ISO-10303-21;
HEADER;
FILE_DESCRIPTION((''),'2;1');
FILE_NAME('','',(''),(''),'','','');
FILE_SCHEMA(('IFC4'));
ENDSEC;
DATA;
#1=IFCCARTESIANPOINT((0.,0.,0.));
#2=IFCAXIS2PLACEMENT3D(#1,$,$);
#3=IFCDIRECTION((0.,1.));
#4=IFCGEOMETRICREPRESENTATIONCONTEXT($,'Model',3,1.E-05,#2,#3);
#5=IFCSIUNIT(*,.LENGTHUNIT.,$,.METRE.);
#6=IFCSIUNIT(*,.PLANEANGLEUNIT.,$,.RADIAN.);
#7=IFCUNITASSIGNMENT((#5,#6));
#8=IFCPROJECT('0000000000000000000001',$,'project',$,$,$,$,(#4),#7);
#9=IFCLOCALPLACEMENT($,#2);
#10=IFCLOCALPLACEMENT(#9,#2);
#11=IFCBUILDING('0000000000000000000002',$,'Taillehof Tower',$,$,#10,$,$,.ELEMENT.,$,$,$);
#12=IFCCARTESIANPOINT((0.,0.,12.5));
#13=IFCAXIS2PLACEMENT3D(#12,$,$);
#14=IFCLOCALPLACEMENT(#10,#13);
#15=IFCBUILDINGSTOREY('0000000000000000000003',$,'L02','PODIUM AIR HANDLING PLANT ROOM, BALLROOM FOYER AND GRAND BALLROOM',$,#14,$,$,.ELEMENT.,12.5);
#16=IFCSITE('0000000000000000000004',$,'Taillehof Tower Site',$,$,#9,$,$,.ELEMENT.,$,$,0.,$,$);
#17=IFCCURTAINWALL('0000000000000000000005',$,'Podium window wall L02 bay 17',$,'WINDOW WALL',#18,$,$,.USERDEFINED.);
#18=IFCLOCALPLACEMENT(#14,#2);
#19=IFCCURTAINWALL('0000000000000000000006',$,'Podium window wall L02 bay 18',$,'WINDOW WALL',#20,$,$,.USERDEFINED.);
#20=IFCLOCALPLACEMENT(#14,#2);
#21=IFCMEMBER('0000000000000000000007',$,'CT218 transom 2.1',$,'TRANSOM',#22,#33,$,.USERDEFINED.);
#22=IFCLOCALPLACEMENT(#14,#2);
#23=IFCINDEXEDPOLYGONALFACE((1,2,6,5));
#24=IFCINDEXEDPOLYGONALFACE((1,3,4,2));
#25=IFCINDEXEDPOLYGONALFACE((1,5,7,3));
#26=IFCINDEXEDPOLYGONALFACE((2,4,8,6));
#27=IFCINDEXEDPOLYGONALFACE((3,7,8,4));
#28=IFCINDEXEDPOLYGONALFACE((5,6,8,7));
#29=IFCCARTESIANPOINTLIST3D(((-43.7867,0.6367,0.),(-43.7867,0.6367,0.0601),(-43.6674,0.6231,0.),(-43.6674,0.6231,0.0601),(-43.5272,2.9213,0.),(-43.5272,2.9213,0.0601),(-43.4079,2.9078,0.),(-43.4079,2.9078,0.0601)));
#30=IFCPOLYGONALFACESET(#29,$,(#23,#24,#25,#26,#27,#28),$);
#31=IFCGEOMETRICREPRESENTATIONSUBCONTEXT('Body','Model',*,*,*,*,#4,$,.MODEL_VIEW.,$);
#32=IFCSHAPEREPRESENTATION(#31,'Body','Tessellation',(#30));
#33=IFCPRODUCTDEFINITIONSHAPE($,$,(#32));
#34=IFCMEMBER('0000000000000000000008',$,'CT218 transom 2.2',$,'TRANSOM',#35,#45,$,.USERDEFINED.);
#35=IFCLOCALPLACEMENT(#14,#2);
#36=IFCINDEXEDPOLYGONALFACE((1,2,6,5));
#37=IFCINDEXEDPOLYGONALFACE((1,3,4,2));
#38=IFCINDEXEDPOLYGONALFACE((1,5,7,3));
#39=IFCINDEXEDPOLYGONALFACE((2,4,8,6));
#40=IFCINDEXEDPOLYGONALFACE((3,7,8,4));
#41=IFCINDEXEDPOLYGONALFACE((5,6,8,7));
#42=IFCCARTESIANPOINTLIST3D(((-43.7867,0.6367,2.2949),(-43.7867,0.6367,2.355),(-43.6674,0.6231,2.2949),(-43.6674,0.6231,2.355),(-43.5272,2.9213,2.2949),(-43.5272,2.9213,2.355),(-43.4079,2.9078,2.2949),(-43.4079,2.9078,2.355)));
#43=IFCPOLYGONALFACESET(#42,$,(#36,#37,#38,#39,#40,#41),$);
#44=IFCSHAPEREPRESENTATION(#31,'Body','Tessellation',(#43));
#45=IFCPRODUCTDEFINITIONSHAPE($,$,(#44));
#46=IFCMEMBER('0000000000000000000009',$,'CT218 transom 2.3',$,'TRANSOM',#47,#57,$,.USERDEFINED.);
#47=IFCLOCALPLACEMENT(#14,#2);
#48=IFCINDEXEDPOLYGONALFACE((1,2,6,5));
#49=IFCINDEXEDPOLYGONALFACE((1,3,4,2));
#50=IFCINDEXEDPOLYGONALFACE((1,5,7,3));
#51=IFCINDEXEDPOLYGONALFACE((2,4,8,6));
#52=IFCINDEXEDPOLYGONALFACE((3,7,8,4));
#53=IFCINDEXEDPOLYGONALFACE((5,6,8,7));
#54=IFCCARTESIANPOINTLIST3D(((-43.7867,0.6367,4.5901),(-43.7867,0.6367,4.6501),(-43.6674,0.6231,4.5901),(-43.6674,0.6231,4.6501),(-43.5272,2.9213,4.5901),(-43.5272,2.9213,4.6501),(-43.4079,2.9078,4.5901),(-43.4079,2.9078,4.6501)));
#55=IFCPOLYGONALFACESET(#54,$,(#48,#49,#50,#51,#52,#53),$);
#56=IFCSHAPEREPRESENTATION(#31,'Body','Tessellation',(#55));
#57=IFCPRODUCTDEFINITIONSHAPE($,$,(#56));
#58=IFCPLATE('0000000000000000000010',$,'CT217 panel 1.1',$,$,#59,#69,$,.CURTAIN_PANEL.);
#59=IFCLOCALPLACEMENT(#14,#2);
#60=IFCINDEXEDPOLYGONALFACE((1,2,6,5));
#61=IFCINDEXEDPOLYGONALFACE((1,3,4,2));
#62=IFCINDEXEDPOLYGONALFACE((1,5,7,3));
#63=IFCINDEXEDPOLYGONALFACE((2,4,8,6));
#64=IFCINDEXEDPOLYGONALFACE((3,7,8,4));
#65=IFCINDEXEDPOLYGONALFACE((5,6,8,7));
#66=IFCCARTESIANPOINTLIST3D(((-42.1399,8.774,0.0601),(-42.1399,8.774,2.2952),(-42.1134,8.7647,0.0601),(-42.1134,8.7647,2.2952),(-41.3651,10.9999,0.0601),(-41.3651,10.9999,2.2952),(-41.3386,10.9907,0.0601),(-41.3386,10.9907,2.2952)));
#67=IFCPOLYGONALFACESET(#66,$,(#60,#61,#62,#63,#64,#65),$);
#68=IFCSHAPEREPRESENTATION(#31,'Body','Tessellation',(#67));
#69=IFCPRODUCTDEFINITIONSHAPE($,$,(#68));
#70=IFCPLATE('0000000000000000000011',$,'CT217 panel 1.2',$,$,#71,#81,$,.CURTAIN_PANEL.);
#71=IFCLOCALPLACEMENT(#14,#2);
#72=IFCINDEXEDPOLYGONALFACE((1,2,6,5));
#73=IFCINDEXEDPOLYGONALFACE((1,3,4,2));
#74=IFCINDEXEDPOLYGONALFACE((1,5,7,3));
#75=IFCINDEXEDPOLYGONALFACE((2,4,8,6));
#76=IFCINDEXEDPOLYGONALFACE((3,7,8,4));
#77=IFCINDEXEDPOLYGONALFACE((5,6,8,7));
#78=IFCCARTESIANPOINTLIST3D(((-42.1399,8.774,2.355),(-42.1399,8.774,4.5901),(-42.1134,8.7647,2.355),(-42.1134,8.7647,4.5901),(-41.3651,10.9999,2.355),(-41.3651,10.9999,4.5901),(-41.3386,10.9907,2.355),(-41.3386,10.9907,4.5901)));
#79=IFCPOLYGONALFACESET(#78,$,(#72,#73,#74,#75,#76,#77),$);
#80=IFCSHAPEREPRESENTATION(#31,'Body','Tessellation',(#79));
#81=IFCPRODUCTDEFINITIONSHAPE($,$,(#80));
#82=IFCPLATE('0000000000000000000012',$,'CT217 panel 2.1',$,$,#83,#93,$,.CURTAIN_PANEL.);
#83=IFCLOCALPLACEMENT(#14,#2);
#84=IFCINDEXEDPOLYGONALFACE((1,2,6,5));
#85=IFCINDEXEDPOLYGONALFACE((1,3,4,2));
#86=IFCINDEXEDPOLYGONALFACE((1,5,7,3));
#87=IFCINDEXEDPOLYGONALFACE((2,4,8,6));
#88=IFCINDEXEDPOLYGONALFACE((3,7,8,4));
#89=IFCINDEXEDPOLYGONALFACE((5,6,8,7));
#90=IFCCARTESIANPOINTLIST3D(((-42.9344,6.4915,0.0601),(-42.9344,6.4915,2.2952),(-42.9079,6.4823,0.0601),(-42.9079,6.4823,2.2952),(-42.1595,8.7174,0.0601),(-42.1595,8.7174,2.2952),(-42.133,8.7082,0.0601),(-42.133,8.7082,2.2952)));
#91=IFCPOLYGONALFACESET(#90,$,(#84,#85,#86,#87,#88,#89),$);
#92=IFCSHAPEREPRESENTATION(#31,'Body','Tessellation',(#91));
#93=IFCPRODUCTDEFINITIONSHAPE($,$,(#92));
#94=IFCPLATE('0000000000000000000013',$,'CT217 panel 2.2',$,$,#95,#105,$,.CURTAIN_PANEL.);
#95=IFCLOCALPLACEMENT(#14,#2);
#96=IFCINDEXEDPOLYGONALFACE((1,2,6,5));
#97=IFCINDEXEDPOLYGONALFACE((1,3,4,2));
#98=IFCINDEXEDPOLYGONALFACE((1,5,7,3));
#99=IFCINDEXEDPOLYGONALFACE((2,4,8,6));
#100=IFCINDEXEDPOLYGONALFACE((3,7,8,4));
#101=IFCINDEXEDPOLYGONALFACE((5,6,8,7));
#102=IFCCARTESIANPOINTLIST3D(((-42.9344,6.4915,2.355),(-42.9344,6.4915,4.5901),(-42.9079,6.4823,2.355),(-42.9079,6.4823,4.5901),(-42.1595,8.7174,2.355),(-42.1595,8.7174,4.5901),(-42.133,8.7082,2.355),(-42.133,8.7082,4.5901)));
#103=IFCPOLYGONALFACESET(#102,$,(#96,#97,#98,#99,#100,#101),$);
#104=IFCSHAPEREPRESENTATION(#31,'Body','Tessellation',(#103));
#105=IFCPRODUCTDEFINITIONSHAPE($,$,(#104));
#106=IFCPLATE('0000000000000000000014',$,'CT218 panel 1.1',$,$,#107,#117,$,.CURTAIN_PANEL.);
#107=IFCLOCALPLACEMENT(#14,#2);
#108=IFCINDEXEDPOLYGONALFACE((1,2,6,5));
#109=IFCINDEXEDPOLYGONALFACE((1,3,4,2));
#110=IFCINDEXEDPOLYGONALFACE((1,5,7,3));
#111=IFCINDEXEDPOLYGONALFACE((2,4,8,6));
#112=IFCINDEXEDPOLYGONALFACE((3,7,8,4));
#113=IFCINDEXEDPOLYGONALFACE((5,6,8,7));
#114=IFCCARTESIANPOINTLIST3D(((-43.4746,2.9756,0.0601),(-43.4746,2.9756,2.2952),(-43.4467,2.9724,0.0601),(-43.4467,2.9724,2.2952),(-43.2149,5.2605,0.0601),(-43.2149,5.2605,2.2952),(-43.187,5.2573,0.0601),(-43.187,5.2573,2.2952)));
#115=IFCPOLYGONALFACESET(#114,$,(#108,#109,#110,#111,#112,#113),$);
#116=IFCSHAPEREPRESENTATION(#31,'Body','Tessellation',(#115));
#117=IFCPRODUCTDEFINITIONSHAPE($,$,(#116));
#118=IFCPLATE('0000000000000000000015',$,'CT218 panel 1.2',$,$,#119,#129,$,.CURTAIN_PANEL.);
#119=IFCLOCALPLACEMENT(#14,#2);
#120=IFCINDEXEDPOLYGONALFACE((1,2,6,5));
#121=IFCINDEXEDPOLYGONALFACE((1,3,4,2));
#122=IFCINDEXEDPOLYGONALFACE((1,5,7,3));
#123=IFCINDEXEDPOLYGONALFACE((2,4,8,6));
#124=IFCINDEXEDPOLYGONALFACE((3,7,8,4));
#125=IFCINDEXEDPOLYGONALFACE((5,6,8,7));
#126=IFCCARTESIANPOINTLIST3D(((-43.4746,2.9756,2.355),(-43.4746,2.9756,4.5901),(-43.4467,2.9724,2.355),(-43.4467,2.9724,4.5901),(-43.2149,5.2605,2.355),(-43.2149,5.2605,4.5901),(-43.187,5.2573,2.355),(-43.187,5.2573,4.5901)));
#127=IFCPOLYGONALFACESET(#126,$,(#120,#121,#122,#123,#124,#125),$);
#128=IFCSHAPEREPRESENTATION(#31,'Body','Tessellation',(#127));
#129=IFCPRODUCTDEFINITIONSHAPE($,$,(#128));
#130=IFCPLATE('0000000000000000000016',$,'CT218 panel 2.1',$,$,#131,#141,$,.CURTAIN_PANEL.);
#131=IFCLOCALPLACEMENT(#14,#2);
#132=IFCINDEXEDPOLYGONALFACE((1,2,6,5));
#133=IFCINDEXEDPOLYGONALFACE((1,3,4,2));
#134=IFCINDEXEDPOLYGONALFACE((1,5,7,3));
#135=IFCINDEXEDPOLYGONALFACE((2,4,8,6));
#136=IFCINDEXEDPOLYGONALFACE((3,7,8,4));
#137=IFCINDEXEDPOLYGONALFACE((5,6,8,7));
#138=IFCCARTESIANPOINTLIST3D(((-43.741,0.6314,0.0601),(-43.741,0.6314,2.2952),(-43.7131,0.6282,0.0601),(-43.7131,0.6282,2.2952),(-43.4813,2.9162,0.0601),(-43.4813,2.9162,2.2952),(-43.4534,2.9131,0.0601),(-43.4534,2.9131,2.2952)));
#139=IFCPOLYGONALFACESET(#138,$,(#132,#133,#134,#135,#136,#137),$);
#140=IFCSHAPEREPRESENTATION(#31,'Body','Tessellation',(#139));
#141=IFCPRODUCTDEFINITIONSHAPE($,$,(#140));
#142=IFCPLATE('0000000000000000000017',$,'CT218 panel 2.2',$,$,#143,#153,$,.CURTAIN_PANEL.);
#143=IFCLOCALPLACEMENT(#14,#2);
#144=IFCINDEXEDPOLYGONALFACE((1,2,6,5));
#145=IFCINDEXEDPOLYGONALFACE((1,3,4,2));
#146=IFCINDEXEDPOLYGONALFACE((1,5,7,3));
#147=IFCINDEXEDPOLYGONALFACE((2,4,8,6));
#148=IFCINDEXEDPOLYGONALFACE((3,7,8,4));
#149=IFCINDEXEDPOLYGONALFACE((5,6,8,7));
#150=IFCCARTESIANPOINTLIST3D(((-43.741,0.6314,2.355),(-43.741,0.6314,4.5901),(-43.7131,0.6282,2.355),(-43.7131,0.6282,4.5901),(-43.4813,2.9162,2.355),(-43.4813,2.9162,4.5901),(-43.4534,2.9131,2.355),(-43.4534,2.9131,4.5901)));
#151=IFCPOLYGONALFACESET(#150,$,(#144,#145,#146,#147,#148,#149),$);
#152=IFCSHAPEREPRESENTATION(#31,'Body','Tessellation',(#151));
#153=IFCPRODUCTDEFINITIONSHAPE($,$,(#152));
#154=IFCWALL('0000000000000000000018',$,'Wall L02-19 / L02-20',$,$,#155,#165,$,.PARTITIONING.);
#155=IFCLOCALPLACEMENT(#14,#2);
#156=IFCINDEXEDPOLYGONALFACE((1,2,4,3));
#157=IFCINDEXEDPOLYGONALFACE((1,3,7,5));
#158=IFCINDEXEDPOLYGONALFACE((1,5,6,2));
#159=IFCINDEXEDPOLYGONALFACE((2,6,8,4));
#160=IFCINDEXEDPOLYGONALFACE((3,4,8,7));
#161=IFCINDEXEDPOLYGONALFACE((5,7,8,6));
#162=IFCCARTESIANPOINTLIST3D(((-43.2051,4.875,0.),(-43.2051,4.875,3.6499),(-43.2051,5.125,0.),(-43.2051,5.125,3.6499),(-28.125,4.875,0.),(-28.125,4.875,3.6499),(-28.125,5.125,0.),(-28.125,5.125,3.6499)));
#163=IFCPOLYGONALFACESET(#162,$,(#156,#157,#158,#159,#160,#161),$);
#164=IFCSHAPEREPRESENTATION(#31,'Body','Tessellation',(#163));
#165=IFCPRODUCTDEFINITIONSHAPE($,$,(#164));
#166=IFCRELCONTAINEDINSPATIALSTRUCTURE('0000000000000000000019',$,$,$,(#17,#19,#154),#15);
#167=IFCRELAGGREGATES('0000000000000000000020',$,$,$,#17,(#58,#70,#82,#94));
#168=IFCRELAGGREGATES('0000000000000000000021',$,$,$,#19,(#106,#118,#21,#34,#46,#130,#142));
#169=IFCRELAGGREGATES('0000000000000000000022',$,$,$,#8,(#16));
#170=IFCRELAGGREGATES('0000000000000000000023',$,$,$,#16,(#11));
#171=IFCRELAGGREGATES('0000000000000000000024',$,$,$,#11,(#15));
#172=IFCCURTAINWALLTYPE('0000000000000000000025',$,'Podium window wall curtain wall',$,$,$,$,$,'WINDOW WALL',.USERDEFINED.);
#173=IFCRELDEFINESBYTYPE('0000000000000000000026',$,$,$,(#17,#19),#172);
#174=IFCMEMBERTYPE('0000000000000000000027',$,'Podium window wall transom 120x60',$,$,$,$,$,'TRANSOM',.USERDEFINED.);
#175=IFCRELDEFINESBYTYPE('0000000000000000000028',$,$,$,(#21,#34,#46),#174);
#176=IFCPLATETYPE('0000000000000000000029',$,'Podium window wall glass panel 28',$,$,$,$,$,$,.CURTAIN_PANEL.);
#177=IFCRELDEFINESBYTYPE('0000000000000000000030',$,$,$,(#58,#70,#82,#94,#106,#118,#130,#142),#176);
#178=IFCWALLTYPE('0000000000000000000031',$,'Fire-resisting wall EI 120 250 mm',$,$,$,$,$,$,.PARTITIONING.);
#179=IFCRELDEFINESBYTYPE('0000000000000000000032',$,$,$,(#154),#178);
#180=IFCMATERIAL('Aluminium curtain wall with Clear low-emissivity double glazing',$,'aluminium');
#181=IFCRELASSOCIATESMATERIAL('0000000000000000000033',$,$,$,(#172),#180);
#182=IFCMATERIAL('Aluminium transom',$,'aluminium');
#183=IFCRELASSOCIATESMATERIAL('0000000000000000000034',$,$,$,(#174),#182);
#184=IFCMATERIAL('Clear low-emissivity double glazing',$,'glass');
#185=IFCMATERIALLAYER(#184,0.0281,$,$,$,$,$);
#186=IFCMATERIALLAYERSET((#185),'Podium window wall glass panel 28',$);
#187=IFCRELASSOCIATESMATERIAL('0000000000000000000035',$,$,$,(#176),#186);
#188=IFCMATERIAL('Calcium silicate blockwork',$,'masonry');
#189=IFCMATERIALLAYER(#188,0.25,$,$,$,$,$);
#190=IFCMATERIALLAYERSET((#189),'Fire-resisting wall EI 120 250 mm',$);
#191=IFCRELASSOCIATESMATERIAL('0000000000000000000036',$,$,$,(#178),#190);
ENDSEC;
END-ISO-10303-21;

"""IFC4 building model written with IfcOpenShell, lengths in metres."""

from ifc_helpers import new_model, si_unit, direction, frame, frame_2d, origin, origin_2d, place, context, subcontext, project, spatial, rectangle, extrude, material, layer, layer_set, material_profile, profile_set, type_object, element, aggregate, save


model = new_model("IFC4")

# Units and contexts
model_context = context("Model", 3, precision=1e-05, world=origin(), true_north=direction((0.0, 1.0)))
body_context = subcontext(model_context, "Body", "Model", "MODEL_VIEW")
ifc_project = project(units=[si_unit("LENGTHUNIT", "METRE"), si_unit("PLANEANGLEUNIT", "RADIAN")], contexts=[model_context])

# Site, building, storey
site_placement = place(None, origin())
site = spatial("IfcSite", under=ifc_project, at=site_placement, Name="Taillehof Tower Site", CompositionType="ELEMENT", RefElevation=0.0)
building_placement = place(site_placement, origin())
building = spatial("IfcBuilding", under=site, at=building_placement, Name="Taillehof Tower", CompositionType="ELEMENT")
storey_placement = place(building_placement, frame((0.0, 0.0, 12.5)))
storey = spatial("IfcBuildingStorey", under=building, at=storey_placement, Name="L02", Description="PODIUM AIR HANDLING PLANT ROOM, BALLROOM FOYER AND GRAND BALLROOM", CompositionType="ELEMENT", Elevation=12.5)

# Curtain walls
ifc_material_1 = material(Name="Aluminium curtain wall with Clear low-emissivity double glazing", Category="aluminium")
curtain_wall_type = type_object("IfcCurtainWallType", Name="Podium window wall curtain wall", ElementType="WINDOW WALL", PredefinedType="USERDEFINED", material=ifc_material_1)
curtain_wall_1_placement = place(storey_placement, origin())
curtain_wall_1 = element("IfcCurtainWall", 1, at=curtain_wall_1_placement, inside=storey, type_object=curtain_wall_type, Name="Podium window wall L02 bay 17", ObjectType="WINDOW WALL", PredefinedType="USERDEFINED")
curtain_wall_2_placement = place(storey_placement, origin())
curtain_wall_2 = element("IfcCurtainWall", 2, at=curtain_wall_2_placement, inside=storey, type_object=curtain_wall_type, Name="Podium window wall L02 bay 18", ObjectType="WINDOW WALL", PredefinedType="USERDEFINED")

# Members
ifc_material_2 = material(Name="Aluminium transom", Category="aluminium")
ifc_material_profile_1 = material_profile(ifc_material_2, rectangle(XDim=0.1201, YDim=0.0601, at=origin_2d()), Name="AL 120x60")
ifc_profile_set_1 = profile_set([ifc_material_profile_1], Name="Aluminium transom")
member_type_1 = type_object("IfcMemberType", Name="Podium window wall transom 120x60", ElementType="TRANSOM", PredefinedType="USERDEFINED", material=ifc_profile_set_1)
member_1_placement = place(storey_placement, frame((-43.4675, 2.9146, 0.03), z_axis=(-0.112867, -0.99361, 0.0), x_axis=(0.99361, -0.112867, 0.0)))
member_1 = element("IfcMember", 3, at=member_1_placement, type_object=member_type_1, Name="CT218 transom 2.1", ObjectType="TRANSOM", PredefinedType="USERDEFINED", context=body_context, shape_type="SweptSolid", body=[
    extrude(rectangle(XDim=0.1201, YDim=0.0601, at=origin_2d()), origin(), (0.0, 0.0, 1.0), 2.2993),
])
member_2_placement = place(storey_placement, frame((-43.4675, 2.9146, 2.325), z_axis=(-0.112867, -0.99361, 0.0), x_axis=(0.99361, -0.112867, 0.0)))
member_2 = element("IfcMember", 4, at=member_2_placement, type_object=member_type_1, Name="CT218 transom 2.2", ObjectType="TRANSOM", PredefinedType="USERDEFINED", context=body_context, shape_type="SweptSolid", body=[
    extrude(rectangle(XDim=0.1201, YDim=0.0601, at=origin_2d()), origin(), (0.0, 0.0, 1.0), 2.2993),
])
member_3_placement = place(storey_placement, frame((-43.4675, 2.9146, 4.6201), z_axis=(-0.112867, -0.99361, 0.0), x_axis=(0.99361, -0.112867, 0.0)))
member_3 = element("IfcMember", 5, at=member_3_placement, type_object=member_type_1, Name="CT218 transom 2.3", ObjectType="TRANSOM", PredefinedType="USERDEFINED", context=body_context, shape_type="SweptSolid", body=[
    extrude(rectangle(XDim=0.1201, YDim=0.0601, at=origin_2d()), origin(), (0.0, 0.0, 1.0), 2.2993),
])

# Plates
ifc_material_3 = material(Name="Clear low-emissivity double glazing", Category="glass")
ifc_layer_1 = layer(ifc_material_3, 0.0281)
ifc_layer_set_1 = layer_set([ifc_layer_1], Name="Podium window wall glass panel 28")
plate_type = type_object("IfcPlateType", Name="Podium window wall glass panel 28", PredefinedType="CURTAIN_PANEL", material=ifc_layer_set_1)
plate_1_placement = place(storey_placement, frame((-41.7393, 9.8823, 0.0601), z_axis=(0.0, 0.0, 1.0), x_axis=(-0.328758, -0.944414, 0.0)))
plate_1 = element("IfcPlate", 6, at=plate_1_placement, type_object=plate_type, Name="CT217 panel 1.1", PredefinedType="CURTAIN_PANEL", context=body_context, shape_type="SweptSolid", body=[
    extrude(rectangle(XDim=2.3569, YDim=0.0281, at=origin_2d()), origin(), (0.0, 0.0, 1.0), 2.2351),
])
plate_2_placement = place(storey_placement, frame((-41.7393, 9.8823, 2.355), z_axis=(0.0, 0.0, 1.0), x_axis=(-0.328758, -0.944414, 0.0)))
plate_2 = element("IfcPlate", 7, at=plate_2_placement, type_object=plate_type, Name="CT217 panel 1.2", PredefinedType="CURTAIN_PANEL", context=body_context, shape_type="SweptSolid", body=[
    extrude(rectangle(XDim=2.3569, YDim=0.0281, at=origin_2d()), origin(), (0.0, 0.0, 1.0), 2.2351),
])
plate_3_placement = place(storey_placement, frame((-42.5337, 7.5999, 0.0601), z_axis=(0.0, 0.0, 1.0), x_axis=(-0.328758, -0.944414, 0.0)))
plate_3 = element("IfcPlate", 8, at=plate_3_placement, type_object=plate_type, Name="CT217 panel 2.1", PredefinedType="CURTAIN_PANEL", context=body_context, shape_type="SweptSolid", body=[
    extrude(rectangle(XDim=2.3569, YDim=0.0281, at=origin_2d()), origin(), (0.0, 0.0, 1.0), 2.2351),
])
plate_4_placement = place(storey_placement, frame((-42.5337, 7.5999, 2.355), z_axis=(0.0, 0.0, 1.0), x_axis=(-0.328758, -0.944414, 0.0)))
plate_4 = element("IfcPlate", 9, at=plate_4_placement, type_object=plate_type, Name="CT217 panel 2.2", PredefinedType="CURTAIN_PANEL", context=body_context, shape_type="SweptSolid", body=[
    extrude(rectangle(XDim=2.3569, YDim=0.0281, at=origin_2d()), origin(), (0.0, 0.0, 1.0), 2.2351),
])
aggregate(curtain_wall_1, [plate_1, plate_2, plate_3, plate_4])
plate_5_placement = place(storey_placement, frame((-43.3308, 4.1165, 0.0601), z_axis=(0.0, 0.0, 1.0), x_axis=(-0.112932, -0.993603, 0.0)))
plate_5 = element("IfcPlate", 10, at=plate_5_placement, type_object=plate_type, Name="CT218 panel 1.1", PredefinedType="CURTAIN_PANEL", context=body_context, shape_type="SweptSolid", body=[
    extrude(rectangle(XDim=2.2996, YDim=0.0281, at=origin_2d()), origin(), (0.0, 0.0, 1.0), 2.2351),
])
plate_6_placement = place(storey_placement, frame((-43.3308, 4.1165, 2.355), z_axis=(0.0, 0.0, 1.0), x_axis=(-0.112932, -0.993603, 0.0)))
plate_6 = element("IfcPlate", 11, at=plate_6_placement, type_object=plate_type, Name="CT218 panel 1.2", PredefinedType="CURTAIN_PANEL", context=body_context, shape_type="SweptSolid", body=[
    extrude(rectangle(XDim=2.2996, YDim=0.0281, at=origin_2d()), origin(), (0.0, 0.0, 1.0), 2.2351),
])
plate_7_placement = place(storey_placement, frame((-43.5972, 1.7722, 0.0601), z_axis=(0.0, 0.0, 1.0), x_axis=(-0.112932, -0.993603, 0.0)))
plate_7 = element("IfcPlate", 12, at=plate_7_placement, type_object=plate_type, Name="CT218 panel 2.1", PredefinedType="CURTAIN_PANEL", context=body_context, shape_type="SweptSolid", body=[
    extrude(rectangle(XDim=2.2996, YDim=0.0281, at=origin_2d()), origin(), (0.0, 0.0, 1.0), 2.2351),
])
plate_8_placement = place(storey_placement, frame((-43.5972, 1.7722, 2.355), z_axis=(0.0, 0.0, 1.0), x_axis=(-0.112932, -0.993603, 0.0)))
plate_8 = element("IfcPlate", 13, at=plate_8_placement, type_object=plate_type, Name="CT218 panel 2.2", PredefinedType="CURTAIN_PANEL", context=body_context, shape_type="SweptSolid", body=[
    extrude(rectangle(XDim=2.2996, YDim=0.0281, at=origin_2d()), origin(), (0.0, 0.0, 1.0), 2.2351),
])
aggregate(curtain_wall_2, [plate_5, plate_6, member_1, member_2, member_3, plate_7, plate_8])

# Wall
ifc_material_4 = material(Name="Calcium silicate blockwork", Category="masonry")
ifc_layer_2 = layer(ifc_material_4, 0.25)
ifc_layer_set_2 = layer_set([ifc_layer_2], Name="Fire-resisting wall EI 120 250 mm")
wall_type = type_object("IfcWallType", Name="Fire-resisting wall EI 120 250 mm", PredefinedType="PARTITIONING", material=ifc_layer_set_2)
wall_placement = place(storey_placement, frame((-43.2051, 5.0, 0.0), z_axis=(0.0, 0.0, 1.0), x_axis=(1.0, 0.0, 0.0)))
element("IfcWall", 14, at=wall_placement, inside=storey, type_object=wall_type, Name="Wall L02-19 / L02-20", PredefinedType="PARTITIONING", context=body_context, shape_type="SweptSolid", body=[
    extrude(rectangle(XDim=15.0801, YDim=0.25, at=frame_2d((7.54, 0.0))), origin(), (0.0, 0.0, 1.0), 3.6499),
])

save(model, "model.ifc")
